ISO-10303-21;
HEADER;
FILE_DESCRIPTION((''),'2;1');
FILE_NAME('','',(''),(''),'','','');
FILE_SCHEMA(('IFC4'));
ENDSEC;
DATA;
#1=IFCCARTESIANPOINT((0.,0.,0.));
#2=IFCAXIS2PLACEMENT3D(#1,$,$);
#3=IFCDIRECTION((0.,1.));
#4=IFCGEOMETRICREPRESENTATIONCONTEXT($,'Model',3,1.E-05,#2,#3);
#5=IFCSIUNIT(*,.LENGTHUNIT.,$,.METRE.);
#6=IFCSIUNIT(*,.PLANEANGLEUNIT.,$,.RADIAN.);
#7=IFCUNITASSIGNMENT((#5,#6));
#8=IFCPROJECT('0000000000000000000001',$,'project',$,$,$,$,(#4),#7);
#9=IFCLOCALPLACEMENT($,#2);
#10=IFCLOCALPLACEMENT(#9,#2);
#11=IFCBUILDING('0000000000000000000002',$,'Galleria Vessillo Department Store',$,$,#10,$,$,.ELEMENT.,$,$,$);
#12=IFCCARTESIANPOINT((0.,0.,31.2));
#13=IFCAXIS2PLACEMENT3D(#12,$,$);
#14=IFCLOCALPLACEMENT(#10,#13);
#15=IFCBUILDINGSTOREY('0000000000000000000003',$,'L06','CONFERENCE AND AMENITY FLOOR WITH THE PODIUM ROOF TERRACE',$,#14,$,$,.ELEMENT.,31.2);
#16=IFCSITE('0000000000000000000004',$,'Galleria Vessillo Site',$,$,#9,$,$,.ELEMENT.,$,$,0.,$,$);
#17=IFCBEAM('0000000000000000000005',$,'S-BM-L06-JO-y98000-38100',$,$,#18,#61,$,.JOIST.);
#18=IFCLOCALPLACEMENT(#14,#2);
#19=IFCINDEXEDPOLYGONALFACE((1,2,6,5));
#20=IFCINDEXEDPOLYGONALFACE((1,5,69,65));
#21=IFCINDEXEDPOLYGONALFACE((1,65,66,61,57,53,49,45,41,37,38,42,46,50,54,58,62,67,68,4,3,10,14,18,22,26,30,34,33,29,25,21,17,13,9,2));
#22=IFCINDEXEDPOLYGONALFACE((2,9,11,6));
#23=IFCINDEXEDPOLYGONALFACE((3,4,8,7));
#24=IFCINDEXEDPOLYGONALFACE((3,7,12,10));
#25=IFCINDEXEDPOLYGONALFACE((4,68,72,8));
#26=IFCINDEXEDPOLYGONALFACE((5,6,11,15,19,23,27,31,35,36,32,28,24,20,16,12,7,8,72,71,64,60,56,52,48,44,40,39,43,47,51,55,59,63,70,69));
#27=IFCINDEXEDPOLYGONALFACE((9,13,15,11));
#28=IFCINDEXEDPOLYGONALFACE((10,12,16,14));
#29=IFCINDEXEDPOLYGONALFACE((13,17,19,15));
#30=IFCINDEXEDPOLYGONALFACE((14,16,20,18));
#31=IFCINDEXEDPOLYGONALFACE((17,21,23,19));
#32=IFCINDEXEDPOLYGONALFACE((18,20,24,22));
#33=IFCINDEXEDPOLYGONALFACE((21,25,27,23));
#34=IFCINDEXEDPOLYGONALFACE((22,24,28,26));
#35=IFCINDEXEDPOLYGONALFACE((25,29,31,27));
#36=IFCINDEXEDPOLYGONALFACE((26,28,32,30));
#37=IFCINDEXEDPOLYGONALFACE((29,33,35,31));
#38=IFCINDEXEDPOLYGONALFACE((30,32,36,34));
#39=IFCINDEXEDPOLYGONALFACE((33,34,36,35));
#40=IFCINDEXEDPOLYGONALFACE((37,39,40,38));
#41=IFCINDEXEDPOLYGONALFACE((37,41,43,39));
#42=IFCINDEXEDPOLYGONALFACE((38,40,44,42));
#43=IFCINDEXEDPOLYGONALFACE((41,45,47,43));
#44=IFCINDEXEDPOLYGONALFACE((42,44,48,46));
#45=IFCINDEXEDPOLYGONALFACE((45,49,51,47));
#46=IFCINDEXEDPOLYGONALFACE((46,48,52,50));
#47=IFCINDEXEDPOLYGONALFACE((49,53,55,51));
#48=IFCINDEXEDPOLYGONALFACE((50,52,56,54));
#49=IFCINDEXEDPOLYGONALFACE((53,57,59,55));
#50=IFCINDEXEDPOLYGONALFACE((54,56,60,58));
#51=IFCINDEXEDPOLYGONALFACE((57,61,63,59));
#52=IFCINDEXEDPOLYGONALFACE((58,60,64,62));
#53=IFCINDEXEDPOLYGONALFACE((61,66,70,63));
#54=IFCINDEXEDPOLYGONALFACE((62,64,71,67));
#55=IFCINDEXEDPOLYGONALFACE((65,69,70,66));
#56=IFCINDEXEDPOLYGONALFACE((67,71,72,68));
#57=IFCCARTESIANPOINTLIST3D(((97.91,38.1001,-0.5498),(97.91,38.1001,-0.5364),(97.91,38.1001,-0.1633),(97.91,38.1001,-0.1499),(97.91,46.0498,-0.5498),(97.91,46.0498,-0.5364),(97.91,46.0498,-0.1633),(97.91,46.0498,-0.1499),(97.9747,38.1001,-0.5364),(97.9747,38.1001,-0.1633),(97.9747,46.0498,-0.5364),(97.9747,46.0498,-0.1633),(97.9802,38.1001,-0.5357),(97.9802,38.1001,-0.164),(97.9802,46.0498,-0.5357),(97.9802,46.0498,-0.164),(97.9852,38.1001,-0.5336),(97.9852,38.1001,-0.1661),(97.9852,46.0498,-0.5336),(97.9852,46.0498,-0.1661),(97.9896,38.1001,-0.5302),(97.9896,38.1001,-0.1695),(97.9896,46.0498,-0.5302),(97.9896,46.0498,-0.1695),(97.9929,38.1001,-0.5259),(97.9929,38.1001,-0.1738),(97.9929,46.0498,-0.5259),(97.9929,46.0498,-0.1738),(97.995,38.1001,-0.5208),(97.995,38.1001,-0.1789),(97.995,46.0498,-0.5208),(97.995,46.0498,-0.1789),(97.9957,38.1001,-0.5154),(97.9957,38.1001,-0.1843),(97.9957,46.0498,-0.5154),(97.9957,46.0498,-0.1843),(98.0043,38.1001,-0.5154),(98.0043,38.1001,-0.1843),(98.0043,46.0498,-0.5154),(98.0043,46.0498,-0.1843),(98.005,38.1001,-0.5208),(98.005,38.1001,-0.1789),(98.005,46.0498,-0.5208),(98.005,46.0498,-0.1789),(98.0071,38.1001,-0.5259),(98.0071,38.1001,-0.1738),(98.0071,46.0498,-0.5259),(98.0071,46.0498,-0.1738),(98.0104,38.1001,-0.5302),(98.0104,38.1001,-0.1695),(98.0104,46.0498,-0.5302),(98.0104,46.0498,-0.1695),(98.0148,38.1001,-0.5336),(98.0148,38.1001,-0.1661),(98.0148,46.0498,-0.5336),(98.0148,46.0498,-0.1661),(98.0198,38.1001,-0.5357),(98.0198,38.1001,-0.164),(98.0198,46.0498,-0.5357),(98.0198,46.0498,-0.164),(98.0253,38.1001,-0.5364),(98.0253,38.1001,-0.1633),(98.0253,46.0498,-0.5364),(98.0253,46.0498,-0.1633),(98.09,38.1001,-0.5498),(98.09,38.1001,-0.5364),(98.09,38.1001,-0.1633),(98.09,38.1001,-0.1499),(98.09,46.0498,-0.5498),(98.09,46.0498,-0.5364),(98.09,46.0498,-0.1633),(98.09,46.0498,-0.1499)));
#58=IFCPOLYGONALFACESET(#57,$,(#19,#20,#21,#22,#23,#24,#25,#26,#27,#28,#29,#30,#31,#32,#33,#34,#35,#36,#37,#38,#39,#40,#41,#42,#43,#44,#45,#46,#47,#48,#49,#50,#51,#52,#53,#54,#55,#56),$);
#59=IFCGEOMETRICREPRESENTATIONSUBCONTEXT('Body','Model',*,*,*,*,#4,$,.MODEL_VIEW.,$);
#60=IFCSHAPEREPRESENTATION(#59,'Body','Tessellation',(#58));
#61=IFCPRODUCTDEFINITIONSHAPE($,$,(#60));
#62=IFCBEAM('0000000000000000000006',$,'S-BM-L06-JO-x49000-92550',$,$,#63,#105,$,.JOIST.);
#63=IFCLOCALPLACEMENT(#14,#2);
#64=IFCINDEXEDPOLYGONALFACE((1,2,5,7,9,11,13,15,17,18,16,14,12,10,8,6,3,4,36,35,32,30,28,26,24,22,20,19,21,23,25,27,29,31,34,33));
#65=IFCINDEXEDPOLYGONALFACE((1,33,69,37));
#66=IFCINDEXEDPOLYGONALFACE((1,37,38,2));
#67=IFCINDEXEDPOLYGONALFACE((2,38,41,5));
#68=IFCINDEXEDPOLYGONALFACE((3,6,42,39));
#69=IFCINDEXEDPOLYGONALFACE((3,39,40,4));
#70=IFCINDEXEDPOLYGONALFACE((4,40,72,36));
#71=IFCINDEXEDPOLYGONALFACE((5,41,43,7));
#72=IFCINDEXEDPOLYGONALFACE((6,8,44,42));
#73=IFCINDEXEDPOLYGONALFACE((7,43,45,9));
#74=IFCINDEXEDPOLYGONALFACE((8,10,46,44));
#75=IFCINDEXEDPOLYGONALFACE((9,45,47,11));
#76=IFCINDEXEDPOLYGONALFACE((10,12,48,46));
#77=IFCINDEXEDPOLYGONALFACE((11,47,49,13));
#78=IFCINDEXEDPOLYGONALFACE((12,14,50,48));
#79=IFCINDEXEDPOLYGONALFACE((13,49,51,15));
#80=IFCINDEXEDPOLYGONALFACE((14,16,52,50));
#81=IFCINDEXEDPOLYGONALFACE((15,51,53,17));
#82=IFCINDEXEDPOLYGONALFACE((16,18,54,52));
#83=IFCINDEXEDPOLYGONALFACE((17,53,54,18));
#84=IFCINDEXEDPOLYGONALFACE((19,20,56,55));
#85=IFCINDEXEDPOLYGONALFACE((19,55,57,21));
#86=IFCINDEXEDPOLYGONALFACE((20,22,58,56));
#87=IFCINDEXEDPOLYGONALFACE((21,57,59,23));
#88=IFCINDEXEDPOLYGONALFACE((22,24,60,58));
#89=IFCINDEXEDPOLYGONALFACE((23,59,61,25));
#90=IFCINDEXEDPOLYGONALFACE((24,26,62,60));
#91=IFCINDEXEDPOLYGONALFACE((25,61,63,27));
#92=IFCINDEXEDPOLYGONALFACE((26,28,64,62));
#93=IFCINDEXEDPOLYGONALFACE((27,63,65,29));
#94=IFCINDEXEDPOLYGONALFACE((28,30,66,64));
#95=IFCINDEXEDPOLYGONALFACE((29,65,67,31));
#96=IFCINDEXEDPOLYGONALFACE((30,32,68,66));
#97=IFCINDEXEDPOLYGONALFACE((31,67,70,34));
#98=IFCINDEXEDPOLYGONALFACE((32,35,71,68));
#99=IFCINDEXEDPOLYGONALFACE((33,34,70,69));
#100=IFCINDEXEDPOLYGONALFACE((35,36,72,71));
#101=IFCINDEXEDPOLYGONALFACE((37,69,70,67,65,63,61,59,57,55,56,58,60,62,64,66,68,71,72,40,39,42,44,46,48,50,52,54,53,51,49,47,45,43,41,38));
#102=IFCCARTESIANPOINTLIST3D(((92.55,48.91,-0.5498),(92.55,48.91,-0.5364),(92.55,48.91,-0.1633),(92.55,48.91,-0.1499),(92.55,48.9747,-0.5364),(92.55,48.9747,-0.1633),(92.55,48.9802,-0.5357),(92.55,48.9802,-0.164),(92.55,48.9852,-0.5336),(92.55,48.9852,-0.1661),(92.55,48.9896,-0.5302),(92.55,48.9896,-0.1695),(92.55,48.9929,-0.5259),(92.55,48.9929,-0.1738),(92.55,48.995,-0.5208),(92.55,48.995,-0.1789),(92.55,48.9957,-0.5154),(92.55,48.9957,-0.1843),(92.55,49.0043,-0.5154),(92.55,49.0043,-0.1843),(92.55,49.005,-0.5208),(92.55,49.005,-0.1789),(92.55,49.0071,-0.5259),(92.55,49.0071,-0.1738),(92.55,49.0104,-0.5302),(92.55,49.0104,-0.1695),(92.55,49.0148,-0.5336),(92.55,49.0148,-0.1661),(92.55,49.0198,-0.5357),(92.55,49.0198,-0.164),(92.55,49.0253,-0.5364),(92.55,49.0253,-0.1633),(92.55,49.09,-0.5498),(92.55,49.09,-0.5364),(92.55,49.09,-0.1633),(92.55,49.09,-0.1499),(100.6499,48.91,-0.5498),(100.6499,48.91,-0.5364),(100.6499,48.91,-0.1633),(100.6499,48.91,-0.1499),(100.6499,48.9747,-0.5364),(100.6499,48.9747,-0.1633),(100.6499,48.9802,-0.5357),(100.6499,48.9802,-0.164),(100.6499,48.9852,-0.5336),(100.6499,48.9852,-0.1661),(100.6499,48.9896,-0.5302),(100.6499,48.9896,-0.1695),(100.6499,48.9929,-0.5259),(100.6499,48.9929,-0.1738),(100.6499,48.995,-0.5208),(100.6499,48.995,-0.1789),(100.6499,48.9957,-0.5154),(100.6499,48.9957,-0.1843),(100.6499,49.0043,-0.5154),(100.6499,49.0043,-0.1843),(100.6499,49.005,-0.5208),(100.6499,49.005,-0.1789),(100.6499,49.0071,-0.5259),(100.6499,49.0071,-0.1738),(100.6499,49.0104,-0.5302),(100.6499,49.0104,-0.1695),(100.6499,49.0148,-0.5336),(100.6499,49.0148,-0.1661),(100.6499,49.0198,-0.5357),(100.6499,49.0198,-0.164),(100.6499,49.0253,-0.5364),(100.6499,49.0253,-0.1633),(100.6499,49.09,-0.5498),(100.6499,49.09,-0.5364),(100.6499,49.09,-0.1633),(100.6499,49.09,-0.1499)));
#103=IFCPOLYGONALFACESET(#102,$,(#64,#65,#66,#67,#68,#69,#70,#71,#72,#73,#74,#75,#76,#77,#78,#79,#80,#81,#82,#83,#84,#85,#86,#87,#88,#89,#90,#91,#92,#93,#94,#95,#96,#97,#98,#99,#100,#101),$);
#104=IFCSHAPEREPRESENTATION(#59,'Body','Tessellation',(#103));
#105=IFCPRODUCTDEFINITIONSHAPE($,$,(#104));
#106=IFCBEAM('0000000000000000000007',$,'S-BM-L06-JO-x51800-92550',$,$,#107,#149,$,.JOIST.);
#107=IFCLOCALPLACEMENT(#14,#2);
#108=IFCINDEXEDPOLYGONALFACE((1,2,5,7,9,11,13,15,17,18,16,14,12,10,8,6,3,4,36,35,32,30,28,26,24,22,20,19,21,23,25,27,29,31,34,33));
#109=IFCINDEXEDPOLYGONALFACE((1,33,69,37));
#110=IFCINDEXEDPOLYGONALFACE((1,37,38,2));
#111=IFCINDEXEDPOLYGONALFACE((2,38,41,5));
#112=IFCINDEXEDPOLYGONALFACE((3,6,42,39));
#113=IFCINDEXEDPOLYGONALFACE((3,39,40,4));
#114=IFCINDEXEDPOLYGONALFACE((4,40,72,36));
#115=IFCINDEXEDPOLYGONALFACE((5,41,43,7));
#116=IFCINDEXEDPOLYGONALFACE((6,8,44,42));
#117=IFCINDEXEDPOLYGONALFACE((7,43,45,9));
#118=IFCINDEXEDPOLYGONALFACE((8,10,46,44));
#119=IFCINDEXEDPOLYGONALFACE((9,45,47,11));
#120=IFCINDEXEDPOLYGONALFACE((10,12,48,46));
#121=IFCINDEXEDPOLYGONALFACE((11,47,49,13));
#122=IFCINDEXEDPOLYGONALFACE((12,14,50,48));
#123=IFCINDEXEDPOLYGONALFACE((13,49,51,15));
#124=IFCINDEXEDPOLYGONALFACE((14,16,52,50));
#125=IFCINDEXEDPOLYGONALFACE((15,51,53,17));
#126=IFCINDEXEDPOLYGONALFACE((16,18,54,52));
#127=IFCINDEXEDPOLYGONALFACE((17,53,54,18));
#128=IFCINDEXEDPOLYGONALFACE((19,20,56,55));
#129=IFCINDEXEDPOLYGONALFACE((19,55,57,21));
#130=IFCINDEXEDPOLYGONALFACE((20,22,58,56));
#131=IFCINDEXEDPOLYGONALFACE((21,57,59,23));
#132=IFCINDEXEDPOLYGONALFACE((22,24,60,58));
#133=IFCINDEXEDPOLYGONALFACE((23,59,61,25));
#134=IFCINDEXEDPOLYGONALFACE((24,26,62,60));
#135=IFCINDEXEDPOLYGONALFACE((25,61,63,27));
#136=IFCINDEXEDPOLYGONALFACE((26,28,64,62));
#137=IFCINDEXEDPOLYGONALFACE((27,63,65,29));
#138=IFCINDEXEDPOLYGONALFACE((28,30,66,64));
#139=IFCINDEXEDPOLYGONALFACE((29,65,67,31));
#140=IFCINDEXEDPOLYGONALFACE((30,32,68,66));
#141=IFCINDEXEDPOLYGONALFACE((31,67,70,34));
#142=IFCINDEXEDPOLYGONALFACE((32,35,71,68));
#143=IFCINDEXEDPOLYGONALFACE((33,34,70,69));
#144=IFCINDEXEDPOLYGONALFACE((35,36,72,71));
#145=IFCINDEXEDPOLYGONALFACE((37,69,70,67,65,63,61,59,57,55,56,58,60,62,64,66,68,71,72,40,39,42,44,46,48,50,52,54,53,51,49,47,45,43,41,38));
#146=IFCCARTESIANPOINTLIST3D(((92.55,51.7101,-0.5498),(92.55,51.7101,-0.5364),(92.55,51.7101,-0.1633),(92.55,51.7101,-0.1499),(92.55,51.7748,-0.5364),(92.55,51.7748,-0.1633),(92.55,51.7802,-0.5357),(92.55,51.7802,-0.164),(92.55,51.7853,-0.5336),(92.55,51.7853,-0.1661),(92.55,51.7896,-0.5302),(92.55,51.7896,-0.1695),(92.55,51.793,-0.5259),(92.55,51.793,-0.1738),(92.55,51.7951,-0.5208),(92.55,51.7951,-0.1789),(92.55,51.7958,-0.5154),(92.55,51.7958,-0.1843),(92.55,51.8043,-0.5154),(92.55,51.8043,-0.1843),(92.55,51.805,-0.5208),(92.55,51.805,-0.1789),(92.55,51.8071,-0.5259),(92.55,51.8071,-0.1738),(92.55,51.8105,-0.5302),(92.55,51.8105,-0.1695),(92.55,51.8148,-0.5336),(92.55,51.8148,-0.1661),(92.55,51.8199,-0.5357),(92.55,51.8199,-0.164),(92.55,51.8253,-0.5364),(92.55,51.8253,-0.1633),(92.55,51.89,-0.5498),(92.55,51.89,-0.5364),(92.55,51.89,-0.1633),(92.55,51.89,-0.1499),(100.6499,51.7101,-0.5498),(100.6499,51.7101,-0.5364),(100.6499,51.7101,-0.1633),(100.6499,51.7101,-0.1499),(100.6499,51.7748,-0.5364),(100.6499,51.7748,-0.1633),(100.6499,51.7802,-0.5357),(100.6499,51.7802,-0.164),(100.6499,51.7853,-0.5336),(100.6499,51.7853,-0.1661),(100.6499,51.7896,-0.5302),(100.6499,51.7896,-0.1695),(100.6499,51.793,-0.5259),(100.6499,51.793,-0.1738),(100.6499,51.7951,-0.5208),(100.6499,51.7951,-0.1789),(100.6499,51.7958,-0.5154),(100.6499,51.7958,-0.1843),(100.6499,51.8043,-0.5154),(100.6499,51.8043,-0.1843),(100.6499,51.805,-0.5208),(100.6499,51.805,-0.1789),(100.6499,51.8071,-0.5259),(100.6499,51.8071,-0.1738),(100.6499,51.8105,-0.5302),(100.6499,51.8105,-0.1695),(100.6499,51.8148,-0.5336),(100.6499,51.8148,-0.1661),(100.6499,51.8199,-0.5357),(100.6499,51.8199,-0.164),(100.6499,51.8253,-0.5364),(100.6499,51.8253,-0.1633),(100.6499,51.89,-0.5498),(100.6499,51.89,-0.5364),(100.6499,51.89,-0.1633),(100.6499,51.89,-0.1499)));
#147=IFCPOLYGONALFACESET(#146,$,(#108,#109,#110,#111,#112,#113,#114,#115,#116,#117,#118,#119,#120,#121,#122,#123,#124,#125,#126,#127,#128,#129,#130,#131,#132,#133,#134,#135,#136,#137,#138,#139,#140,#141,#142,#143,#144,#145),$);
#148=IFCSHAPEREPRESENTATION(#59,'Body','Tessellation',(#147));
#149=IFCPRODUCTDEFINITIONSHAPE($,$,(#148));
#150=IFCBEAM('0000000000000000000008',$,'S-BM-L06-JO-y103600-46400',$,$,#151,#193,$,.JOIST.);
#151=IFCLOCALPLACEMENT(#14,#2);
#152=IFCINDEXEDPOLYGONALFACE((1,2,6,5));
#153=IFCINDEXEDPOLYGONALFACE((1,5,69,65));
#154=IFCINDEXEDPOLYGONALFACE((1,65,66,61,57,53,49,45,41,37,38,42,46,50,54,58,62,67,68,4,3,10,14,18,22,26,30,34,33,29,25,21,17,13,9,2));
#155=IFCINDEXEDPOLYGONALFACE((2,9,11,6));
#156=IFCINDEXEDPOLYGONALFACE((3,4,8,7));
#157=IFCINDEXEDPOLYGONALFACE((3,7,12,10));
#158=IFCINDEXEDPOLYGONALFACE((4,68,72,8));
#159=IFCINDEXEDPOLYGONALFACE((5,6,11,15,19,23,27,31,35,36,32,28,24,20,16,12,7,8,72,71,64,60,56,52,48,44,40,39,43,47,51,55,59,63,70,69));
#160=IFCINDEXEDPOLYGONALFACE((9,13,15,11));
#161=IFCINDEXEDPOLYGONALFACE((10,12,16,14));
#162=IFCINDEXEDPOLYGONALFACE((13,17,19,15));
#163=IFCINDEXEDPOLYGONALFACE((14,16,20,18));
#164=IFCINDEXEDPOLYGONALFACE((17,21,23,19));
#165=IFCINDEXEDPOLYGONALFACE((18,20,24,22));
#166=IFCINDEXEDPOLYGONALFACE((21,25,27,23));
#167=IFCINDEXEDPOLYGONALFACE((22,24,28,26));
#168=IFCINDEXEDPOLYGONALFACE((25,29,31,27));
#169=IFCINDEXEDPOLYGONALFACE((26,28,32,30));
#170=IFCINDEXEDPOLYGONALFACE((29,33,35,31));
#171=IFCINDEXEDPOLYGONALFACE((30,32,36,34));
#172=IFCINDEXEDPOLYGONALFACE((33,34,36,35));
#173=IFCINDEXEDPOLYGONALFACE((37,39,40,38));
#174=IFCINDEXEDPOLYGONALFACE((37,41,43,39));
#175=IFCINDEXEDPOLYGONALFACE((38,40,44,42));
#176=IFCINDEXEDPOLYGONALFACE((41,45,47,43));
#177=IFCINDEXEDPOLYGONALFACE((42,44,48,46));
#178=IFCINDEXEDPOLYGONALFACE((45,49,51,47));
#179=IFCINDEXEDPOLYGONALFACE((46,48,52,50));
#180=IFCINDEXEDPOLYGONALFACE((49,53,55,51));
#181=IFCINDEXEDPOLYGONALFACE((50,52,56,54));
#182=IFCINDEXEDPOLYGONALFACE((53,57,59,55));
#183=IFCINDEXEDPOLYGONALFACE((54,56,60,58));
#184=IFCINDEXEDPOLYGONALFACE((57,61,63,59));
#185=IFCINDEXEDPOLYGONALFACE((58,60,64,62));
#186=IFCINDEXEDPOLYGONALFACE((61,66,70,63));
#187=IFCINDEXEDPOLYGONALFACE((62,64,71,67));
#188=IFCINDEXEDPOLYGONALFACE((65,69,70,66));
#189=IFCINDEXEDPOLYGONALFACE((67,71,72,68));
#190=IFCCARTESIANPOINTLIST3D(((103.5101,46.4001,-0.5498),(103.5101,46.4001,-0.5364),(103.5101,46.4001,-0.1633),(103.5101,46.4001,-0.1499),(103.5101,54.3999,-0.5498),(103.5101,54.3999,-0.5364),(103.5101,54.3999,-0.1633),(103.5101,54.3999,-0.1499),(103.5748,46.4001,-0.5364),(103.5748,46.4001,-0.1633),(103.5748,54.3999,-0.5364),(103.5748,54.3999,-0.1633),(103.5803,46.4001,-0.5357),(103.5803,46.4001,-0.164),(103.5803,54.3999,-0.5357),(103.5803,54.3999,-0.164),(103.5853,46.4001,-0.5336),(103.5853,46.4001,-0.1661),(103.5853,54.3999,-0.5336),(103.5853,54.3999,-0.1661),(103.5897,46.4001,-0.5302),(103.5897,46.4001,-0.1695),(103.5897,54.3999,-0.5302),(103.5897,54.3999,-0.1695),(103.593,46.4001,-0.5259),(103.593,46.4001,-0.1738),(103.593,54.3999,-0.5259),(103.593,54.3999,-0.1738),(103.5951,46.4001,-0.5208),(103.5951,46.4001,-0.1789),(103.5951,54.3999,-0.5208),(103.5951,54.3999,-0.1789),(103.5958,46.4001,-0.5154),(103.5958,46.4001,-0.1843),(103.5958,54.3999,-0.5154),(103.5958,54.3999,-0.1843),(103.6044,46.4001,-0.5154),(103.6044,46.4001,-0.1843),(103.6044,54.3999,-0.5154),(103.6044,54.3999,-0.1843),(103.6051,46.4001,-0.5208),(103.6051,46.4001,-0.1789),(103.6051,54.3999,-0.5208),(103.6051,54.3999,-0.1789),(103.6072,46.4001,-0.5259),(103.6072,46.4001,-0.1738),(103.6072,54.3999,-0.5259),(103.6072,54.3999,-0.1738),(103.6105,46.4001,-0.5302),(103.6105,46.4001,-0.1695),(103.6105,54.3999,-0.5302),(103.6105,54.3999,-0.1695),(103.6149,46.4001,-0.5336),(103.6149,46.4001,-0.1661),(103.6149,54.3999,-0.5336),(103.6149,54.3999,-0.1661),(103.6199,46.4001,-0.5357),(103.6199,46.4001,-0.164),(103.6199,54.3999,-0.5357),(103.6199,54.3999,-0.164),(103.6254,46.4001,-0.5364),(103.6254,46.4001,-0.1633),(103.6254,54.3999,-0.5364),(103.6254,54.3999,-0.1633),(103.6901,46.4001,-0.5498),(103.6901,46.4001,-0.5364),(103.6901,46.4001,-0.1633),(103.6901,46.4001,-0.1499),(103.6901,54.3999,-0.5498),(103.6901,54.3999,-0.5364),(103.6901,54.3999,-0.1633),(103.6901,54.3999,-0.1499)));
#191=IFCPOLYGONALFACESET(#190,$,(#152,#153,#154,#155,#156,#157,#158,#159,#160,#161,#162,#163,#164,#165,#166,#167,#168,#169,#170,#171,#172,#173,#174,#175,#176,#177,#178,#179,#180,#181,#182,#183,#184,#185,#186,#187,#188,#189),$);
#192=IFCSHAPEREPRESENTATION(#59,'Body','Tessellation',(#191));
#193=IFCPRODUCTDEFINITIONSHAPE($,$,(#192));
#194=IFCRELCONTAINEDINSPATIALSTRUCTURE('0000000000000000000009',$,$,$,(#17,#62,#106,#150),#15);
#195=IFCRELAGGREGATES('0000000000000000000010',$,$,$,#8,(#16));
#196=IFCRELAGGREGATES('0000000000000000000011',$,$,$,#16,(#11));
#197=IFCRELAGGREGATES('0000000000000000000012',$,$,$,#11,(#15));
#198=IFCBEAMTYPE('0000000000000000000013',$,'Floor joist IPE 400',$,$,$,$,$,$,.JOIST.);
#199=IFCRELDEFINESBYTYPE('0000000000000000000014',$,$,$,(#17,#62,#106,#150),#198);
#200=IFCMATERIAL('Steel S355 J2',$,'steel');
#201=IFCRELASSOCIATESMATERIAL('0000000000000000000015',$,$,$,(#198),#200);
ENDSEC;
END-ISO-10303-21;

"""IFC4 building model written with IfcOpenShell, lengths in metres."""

from ifc_helpers import new_model, si_unit, direction, frame, origin, origin_2d, place, context, subcontext, project, spatial, i_section, extrude, material, material_profile, profile_set, type_object, element, save


model = new_model("IFC4")

# Units and contexts
model_context = context("Model", 3, precision=1e-05, world=origin(), true_north=direction((0.0, 1.0)))
body_context = subcontext(model_context, "Body", "Model", "MODEL_VIEW")
ifc_project = project(units=[si_unit("LENGTHUNIT", "METRE"), si_unit("PLANEANGLEUNIT", "RADIAN")], contexts=[model_context])

# Site, building, storey
site_placement = place(None, origin())
site = spatial("IfcSite", under=ifc_project, at=site_placement, Name="Galleria Vessillo Site", CompositionType="ELEMENT", RefElevation=0.0)
building_placement = place(site_placement, origin())
building = spatial("IfcBuilding", under=site, at=building_placement, Name="Galleria Vessillo Department Store", CompositionType="ELEMENT")
storey_placement = place(building_placement, frame((0.0, 0.0, 31.2)))
storey = spatial("IfcBuildingStorey", under=building, at=storey_placement, Name="L06", Description="CONFERENCE AND AMENITY FLOOR WITH THE PODIUM ROOF TERRACE", CompositionType="ELEMENT", Elevation=31.2)

# Beams
ifc_material_1 = material(Name="Steel S355 J2", Category="steel")
ifc_material_profile_1 = material_profile(ifc_material_1, i_section(OverallWidth=0.1799, OverallDepth=0.3999, WebThickness=0.0085, FlangeThickness=0.0134, FilletRadius=0.021, at=origin_2d()), Name="IPE 400")
ifc_profile_set_1 = profile_set([ifc_material_profile_1], Name="Steel S355 J2")
beam_type_1 = type_object("IfcBeamType", Name="Floor joist IPE 400", PredefinedType="JOIST", material=ifc_profile_set_1)
for number, where, z_axis, x_axis, name in (
    (1, (98.0, 38.1001, -0.3499), (0.0, 1.0, 0.0), (-1.0, 0.0, 0.0), "S-BM-L06-JO-y98000-38100"),
):
    element("IfcBeam", number, at=place(storey_placement, frame(where, z_axis=z_axis, x_axis=x_axis)), inside=storey, type_object=beam_type_1, Name=name, PredefinedType="JOIST", context=body_context, shape_type="SweptSolid", body=[
        extrude(i_section(OverallWidth=0.1799, OverallDepth=0.3999, WebThickness=0.0085, FlangeThickness=0.0134, FilletRadius=0.021, at=origin_2d()), origin(), (0.0, 0.0, 1.0), 7.9497),
    ])
for number, where, z_axis, x_axis, name in (
    (2, (92.55, 49.0, -0.3499), (1.0, 0.0, 0.0), (0.0, 1.0, 0.0), "S-BM-L06-JO-x49000-92550"),
    (3, (92.55, 51.8, -0.3499), (1.0, 0.0, 0.0), (0.0, 1.0, 0.0), "S-BM-L06-JO-x51800-92550"),
):
    element("IfcBeam", number, at=place(storey_placement, frame(where, z_axis=z_axis, x_axis=x_axis)), inside=storey, type_object=beam_type_1, Name=name, PredefinedType="JOIST", context=body_context, shape_type="SweptSolid", body=[
        extrude(i_section(OverallWidth=0.1799, OverallDepth=0.3999, WebThickness=0.0085, FlangeThickness=0.0134, FilletRadius=0.021, at=origin_2d()), origin(), (0.0, 0.0, 1.0), 8.0999),
    ])
beam_1_placement = place(storey_placement, frame((103.6001, 46.4001, -0.3499), z_axis=(0.0, 1.0, 0.0), x_axis=(-1.0, 0.0, 0.0)))
element("IfcBeam", 4, at=beam_1_placement, inside=storey, type_object=beam_type_1, Name="S-BM-L06-JO-y103600-46400", PredefinedType="JOIST", context=body_context, shape_type="SweptSolid", body=[
    extrude(i_section(OverallWidth=0.1799, OverallDepth=0.3999, WebThickness=0.0085, FlangeThickness=0.0134, FilletRadius=0.021, at=origin_2d()), origin(), (0.0, 0.0, 1.0), 7.9998),
])

save(model, "model.ifc")
